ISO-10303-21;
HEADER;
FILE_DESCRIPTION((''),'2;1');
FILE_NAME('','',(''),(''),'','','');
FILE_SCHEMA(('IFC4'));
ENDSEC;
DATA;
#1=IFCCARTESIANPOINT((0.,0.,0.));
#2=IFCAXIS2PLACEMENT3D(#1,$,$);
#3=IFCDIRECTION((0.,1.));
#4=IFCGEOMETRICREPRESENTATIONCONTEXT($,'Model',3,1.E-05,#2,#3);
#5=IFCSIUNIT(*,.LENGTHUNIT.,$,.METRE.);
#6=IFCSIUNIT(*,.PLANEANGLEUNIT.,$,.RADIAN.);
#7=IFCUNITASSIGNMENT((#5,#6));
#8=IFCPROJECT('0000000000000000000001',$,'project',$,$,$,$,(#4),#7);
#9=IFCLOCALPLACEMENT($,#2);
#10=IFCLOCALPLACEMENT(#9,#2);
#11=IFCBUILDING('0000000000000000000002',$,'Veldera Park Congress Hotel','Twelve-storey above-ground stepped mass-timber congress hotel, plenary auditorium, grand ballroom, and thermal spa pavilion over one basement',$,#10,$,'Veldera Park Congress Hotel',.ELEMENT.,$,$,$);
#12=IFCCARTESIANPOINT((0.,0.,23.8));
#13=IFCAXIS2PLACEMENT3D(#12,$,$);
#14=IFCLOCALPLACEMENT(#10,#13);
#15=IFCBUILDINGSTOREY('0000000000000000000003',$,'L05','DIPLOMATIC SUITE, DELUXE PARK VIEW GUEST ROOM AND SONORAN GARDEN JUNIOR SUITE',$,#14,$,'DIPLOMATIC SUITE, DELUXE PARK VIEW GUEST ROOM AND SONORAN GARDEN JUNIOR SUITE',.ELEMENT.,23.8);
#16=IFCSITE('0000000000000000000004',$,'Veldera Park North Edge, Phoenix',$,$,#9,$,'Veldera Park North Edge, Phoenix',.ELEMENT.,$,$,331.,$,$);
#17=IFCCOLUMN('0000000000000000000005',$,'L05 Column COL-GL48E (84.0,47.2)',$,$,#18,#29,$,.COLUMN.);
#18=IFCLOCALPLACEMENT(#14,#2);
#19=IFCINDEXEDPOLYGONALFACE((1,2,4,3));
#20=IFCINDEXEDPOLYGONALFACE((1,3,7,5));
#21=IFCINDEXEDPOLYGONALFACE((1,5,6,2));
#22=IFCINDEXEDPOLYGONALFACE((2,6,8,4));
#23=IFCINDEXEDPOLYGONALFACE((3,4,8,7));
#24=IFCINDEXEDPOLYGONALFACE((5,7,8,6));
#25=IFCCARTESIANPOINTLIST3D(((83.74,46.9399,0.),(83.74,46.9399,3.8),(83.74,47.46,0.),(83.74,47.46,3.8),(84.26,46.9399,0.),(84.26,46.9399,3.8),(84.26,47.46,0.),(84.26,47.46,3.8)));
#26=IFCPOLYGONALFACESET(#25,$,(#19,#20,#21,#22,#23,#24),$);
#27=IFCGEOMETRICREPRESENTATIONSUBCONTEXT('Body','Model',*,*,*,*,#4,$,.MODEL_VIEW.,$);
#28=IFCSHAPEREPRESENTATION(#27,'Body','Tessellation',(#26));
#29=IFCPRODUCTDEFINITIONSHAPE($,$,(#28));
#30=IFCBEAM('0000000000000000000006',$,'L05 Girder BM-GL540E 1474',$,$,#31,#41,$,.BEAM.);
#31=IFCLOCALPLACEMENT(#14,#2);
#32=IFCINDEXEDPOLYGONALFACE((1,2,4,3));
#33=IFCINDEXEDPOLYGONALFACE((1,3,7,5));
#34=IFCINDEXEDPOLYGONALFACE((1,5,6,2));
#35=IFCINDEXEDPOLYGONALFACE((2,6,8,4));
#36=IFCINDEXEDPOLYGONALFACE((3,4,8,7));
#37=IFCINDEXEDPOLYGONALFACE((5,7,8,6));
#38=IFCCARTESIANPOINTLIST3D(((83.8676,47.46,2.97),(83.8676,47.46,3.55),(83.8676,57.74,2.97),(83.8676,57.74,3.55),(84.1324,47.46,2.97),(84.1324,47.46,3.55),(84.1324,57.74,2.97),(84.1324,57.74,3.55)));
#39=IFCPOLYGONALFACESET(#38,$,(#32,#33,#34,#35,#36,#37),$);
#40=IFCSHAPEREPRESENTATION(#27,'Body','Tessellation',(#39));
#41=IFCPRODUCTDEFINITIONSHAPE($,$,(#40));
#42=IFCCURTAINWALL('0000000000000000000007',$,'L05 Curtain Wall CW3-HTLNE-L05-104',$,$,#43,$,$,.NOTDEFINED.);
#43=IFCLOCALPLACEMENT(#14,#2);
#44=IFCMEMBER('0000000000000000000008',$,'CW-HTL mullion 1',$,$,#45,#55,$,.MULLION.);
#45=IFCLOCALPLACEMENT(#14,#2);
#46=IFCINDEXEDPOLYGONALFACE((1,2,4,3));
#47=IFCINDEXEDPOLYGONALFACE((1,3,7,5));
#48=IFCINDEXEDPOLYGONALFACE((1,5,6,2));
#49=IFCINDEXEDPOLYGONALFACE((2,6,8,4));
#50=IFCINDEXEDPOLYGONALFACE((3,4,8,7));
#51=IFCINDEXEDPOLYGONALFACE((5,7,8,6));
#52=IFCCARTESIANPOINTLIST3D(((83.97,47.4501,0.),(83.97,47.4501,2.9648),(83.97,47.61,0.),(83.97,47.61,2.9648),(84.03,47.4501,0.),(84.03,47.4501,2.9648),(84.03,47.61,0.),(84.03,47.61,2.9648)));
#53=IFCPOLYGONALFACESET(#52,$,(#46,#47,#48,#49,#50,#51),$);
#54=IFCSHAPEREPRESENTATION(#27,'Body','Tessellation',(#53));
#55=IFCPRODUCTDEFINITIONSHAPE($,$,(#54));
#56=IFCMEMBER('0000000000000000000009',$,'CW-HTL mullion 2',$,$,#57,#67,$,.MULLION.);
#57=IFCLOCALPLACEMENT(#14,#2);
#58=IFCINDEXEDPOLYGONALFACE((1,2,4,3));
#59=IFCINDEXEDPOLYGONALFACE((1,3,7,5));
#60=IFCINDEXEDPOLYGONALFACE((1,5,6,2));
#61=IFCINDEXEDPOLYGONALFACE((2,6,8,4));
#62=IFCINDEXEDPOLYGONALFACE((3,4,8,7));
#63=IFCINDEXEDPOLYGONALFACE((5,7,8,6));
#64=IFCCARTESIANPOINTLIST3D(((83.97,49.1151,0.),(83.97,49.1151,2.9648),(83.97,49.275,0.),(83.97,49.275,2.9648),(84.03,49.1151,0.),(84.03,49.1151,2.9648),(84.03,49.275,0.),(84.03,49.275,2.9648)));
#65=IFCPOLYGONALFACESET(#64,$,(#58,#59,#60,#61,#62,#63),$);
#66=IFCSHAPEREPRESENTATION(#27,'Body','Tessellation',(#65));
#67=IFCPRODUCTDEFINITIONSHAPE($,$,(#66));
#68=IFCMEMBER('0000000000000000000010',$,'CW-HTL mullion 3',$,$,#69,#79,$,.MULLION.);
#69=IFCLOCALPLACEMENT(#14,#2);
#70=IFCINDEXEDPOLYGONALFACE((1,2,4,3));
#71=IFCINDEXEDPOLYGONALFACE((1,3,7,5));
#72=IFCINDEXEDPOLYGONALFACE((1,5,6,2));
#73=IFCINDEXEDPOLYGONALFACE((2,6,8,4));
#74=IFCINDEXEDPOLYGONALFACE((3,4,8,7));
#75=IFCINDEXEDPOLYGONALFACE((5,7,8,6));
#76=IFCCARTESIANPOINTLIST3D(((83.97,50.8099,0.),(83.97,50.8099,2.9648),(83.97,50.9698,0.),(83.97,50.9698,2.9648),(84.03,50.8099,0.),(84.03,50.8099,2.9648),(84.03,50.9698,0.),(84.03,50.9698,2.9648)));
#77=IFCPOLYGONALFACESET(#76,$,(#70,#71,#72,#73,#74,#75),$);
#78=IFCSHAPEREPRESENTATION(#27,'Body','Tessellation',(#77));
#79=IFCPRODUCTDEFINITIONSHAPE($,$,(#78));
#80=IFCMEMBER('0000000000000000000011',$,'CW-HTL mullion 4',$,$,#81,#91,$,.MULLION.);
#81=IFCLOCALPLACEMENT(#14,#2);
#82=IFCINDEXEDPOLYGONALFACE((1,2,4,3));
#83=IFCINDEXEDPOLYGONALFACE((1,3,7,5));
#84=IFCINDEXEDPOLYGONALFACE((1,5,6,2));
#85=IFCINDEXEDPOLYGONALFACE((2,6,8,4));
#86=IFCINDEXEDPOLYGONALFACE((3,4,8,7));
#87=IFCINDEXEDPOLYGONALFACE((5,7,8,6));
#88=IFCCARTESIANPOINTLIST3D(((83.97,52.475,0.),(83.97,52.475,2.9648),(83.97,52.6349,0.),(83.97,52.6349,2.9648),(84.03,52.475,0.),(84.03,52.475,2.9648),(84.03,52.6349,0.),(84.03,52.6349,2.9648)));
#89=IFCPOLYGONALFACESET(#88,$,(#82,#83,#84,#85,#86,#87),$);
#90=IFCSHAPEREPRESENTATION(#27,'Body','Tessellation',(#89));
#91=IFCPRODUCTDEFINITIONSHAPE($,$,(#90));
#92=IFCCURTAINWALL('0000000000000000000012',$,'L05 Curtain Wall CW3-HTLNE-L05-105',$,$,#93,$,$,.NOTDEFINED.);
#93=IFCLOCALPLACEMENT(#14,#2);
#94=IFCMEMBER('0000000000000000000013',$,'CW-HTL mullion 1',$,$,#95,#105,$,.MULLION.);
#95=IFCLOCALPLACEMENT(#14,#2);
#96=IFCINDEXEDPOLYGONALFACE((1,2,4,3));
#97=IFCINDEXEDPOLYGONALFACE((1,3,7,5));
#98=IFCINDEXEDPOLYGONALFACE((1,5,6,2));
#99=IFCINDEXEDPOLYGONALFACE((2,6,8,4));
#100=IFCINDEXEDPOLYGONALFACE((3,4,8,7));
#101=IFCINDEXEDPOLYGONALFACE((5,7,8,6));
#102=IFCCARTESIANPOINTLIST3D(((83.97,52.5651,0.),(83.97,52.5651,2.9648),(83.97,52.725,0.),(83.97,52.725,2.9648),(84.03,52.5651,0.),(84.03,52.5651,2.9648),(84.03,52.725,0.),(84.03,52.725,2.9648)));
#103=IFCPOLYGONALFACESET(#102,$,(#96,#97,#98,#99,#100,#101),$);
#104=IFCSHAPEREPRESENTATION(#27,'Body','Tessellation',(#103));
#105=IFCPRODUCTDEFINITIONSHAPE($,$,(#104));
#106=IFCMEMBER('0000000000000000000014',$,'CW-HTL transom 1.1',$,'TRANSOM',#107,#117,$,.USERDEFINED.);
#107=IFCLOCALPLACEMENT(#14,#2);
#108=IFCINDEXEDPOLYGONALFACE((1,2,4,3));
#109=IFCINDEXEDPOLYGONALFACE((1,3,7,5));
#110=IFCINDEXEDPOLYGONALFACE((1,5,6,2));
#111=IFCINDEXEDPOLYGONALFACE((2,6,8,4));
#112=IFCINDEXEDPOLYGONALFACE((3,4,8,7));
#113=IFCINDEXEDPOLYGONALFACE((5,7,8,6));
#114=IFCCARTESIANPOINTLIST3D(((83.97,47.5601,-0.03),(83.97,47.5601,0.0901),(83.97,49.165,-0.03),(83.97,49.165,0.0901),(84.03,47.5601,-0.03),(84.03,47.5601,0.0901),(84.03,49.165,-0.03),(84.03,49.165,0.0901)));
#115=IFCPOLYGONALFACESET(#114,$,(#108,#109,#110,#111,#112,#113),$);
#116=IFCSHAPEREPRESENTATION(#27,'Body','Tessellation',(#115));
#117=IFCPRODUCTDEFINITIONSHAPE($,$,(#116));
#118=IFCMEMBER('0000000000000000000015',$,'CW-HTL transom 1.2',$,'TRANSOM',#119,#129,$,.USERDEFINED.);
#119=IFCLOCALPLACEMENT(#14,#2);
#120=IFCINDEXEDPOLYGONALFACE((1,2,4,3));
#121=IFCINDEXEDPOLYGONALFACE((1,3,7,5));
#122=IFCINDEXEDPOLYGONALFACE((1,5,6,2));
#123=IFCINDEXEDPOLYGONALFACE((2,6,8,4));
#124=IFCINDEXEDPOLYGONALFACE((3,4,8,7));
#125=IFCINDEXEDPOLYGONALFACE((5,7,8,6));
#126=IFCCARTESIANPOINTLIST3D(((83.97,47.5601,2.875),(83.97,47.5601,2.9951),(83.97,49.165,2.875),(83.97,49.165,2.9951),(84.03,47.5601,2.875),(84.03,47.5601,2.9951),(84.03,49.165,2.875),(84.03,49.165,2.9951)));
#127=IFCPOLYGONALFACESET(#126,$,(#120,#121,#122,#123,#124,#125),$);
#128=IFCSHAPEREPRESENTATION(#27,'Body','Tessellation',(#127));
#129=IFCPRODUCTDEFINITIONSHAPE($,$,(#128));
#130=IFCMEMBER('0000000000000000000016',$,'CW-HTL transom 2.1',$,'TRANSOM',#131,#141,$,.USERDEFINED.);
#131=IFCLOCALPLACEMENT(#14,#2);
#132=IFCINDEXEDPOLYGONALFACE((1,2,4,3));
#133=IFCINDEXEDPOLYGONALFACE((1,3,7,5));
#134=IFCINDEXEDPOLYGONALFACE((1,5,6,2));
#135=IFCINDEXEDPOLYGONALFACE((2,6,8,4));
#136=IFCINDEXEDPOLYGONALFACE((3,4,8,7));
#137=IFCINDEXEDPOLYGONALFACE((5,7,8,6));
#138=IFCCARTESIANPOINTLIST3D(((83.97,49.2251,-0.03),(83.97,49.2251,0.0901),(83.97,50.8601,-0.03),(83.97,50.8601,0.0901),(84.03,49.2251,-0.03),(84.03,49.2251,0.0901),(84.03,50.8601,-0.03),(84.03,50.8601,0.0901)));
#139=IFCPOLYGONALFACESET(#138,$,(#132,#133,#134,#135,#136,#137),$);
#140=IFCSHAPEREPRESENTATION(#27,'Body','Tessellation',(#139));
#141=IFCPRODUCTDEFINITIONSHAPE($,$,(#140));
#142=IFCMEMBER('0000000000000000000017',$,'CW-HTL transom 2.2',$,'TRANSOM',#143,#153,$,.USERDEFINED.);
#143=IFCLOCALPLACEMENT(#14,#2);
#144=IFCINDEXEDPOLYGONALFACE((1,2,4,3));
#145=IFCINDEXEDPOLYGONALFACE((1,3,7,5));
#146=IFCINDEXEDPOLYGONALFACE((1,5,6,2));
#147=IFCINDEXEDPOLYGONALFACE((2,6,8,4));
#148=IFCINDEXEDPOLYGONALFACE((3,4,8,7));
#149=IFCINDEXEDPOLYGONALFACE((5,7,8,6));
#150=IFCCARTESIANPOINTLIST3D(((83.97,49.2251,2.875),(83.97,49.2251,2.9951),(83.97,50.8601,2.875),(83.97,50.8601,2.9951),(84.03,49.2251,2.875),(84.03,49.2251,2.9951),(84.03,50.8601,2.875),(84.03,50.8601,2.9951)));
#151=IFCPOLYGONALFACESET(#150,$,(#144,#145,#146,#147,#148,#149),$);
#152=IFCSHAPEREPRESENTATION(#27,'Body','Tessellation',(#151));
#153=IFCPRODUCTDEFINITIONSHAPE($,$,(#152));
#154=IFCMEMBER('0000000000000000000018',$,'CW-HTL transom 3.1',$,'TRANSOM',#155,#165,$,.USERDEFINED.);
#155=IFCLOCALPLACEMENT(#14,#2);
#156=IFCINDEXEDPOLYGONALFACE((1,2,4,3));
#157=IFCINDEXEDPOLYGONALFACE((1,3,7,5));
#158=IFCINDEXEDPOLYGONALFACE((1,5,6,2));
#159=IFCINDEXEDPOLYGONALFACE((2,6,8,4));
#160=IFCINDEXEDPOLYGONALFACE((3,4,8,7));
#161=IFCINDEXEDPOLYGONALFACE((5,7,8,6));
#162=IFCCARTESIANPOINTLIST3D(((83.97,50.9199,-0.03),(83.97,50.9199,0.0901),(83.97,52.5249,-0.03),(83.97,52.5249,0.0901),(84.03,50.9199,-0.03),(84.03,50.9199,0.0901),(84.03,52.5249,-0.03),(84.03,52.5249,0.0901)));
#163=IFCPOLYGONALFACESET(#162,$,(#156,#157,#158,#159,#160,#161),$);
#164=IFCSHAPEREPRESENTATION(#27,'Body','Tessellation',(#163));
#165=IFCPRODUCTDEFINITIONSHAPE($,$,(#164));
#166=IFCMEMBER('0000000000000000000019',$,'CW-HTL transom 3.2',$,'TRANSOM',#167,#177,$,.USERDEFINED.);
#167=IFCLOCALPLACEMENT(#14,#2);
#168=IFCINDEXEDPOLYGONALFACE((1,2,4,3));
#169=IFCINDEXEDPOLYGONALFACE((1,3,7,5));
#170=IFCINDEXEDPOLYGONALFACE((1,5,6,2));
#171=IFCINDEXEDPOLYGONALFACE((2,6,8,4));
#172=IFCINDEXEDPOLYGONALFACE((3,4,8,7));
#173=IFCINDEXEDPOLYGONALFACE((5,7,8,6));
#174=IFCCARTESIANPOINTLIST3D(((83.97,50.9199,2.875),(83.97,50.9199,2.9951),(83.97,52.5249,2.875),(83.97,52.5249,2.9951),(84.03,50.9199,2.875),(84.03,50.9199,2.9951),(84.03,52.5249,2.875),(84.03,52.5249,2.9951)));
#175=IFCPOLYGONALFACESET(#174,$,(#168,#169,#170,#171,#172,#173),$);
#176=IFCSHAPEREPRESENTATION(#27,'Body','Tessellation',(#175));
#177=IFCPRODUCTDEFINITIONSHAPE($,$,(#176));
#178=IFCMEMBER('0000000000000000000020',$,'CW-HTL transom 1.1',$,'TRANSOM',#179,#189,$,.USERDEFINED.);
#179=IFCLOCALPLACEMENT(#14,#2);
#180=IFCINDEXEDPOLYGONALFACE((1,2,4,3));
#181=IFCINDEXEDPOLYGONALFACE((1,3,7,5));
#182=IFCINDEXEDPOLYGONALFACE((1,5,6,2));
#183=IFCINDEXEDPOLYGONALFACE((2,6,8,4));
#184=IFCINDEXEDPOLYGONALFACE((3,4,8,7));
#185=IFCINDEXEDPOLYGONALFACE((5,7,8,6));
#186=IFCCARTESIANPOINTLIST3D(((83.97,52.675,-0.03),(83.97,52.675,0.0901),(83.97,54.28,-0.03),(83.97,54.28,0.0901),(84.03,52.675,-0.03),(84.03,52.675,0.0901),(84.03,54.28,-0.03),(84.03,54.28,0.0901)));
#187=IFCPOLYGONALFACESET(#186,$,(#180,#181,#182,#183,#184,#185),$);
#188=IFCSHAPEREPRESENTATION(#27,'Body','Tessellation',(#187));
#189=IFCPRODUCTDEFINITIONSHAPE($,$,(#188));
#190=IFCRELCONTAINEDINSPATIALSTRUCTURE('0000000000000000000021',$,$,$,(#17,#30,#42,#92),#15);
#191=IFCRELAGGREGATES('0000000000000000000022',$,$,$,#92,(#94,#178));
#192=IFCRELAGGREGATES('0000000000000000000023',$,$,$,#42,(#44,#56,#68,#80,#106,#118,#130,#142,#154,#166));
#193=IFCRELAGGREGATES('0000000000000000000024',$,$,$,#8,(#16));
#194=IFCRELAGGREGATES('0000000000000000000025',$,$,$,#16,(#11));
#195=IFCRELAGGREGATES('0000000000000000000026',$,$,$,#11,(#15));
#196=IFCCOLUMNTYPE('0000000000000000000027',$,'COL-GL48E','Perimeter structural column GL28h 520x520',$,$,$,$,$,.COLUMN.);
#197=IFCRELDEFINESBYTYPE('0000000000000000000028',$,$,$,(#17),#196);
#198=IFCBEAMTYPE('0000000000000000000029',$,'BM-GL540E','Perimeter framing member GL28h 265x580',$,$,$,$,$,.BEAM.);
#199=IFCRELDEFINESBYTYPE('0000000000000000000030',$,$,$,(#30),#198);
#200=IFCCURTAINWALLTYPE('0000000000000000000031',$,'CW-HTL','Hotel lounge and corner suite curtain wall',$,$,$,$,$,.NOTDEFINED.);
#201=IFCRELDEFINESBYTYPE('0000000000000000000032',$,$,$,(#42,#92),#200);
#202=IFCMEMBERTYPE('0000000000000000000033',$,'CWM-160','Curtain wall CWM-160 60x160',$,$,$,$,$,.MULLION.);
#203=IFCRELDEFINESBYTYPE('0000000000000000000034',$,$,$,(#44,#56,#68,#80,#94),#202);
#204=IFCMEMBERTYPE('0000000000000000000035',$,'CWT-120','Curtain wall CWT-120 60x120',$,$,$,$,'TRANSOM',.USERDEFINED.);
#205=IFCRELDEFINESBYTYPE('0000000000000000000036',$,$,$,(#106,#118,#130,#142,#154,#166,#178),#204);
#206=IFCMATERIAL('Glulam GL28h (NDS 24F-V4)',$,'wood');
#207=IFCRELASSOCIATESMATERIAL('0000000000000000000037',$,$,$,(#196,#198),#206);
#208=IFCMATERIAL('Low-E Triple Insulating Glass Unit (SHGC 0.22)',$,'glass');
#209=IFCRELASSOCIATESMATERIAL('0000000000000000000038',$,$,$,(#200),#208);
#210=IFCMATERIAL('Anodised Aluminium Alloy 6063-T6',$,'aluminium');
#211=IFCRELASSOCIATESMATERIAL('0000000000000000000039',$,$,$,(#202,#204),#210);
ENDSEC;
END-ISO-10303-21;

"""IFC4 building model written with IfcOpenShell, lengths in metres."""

from ifc_helpers import new_model, si_unit, direction, frame, origin, origin_2d, place, context, subcontext, project, spatial, rectangle, extrude, material, material_profile, profile_set, type_object, element, aggregate, save


model = new_model("IFC4")

# Units and contexts
model_context = context("Model", 3, precision=1e-05, world=origin(), true_north=direction((0.0, 1.0)))
body_context = subcontext(model_context, "Body", "Model", "MODEL_VIEW")
ifc_project = project(units=[si_unit("LENGTHUNIT", "METRE"), si_unit("PLANEANGLEUNIT", "RADIAN")], contexts=[model_context])

# Site, building, storey
site_placement = place(None, origin())
site = spatial("IfcSite", under=ifc_project, at=site_placement, Name="Veldera Park North Edge, Phoenix", LongName="Veldera Park North Edge, Phoenix", CompositionType="ELEMENT", RefElevation=331.0)
building_placement = place(site_placement, origin())
building = spatial("IfcBuilding", under=site, at=building_placement, Name="Veldera Park Congress Hotel", Description="Twelve-storey above-ground stepped mass-timber congress hotel, plenary auditorium, grand ballroom, and thermal spa pavilion over one basement", LongName="Veldera Park Congress Hotel", CompositionType="ELEMENT")
storey_placement = place(building_placement, frame((0.0, 0.0, 23.8)))
storey = spatial("IfcBuildingStorey", under=building, at=storey_placement, Name="L05", Description="DIPLOMATIC SUITE, DELUXE PARK VIEW GUEST ROOM AND SONORAN GARDEN JUNIOR SUITE", LongName="DIPLOMATIC SUITE, DELUXE PARK VIEW GUEST ROOM AND SONORAN GARDEN JUNIOR SUITE", CompositionType="ELEMENT", Elevation=23.8)

# Column
ifc_material_1 = material(Name="Glulam GL28h (NDS 24F-V4)", Category="wood")
ifc_material_profile_1 = material_profile(ifc_material_1, rectangle(XDim=0.52, YDim=0.52, at=origin_2d()), Name="GL28h 520x520")
ifc_profile_set_1 = profile_set([ifc_material_profile_1], Name="Glulam GL28h (NDS 24F-V4)")
column_type = type_object("IfcColumnType", Name="COL-GL48E", Description="Perimeter structural column GL28h 520x520", PredefinedType="COLUMN", material=ifc_profile_set_1)
column_placement = place(storey_placement, frame((84.0, 47.2, 0.0), z_axis=(0.0, 0.0, 1.0), x_axis=(1.0, 0.0, 0.0)))
element("IfcColumn", 1, at=column_placement, inside=storey, type_object=column_type, Name="L05 Column COL-GL48E (84.0,47.2)", PredefinedType="COLUMN", context=body_context, shape_type="SweptSolid", body=[
    extrude(rectangle(XDim=0.52, YDim=0.52, at=origin_2d()), origin(), (0.0, 0.0, 1.0), 3.8),
])

# Beam
ifc_material_profile_2 = material_profile(ifc_material_1, rectangle(XDim=0.2649, YDim=0.5801, at=origin_2d()), Name="GL28h 265x580")
ifc_profile_set_2 = profile_set([ifc_material_profile_2], Name="Glulam GL28h (NDS 24F-V4)")
beam_type_1 = type_object("IfcBeamType", Name="BM-GL540E", Description="Perimeter framing member GL28h 265x580", PredefinedType="BEAM", material=ifc_profile_set_2)
beam_1_placement = place(storey_placement, frame((84.0, 47.46, 3.26), z_axis=(0.0, 1.0, 0.0), x_axis=(-1.0, 0.0, 0.0)))
element("IfcBeam", 2, at=beam_1_placement, inside=storey, type_object=beam_type_1, Name="L05 Girder BM-GL540E 1474", PredefinedType="BEAM", context=body_context, shape_type="SweptSolid", body=[
    extrude(rectangle(XDim=0.2649, YDim=0.5801, at=origin_2d()), origin(), (0.0, 0.0, 1.0), 10.28),
])

# Curtain wall, members
ifc_material_2 = material(Name="Low-E Triple Insulating Glass Unit (SHGC 0.22)", Category="glass")
curtain_wall_type = type_object("IfcCurtainWallType", Name="CW-HTL", Description="Hotel lounge and corner suite curtain wall", PredefinedType="NOTDEFINED", material=ifc_material_2)
curtain_wall_1_placement = place(storey_placement, origin())
curtain_wall_1 = element("IfcCurtainWall", 3, at=curtain_wall_1_placement, inside=storey, type_object=curtain_wall_type, Name="L05 Curtain Wall CW3-HTLNE-L05-104", PredefinedType="NOTDEFINED")
ifc_material_3 = material(Name="Anodised Aluminium Alloy 6063-T6", Category="aluminium")
ifc_material_profile_3 = material_profile(ifc_material_3, rectangle(XDim=0.0601, YDim=0.1599, at=origin_2d()), Name="ALU 60x160")
ifc_profile_set_3 = profile_set([ifc_material_profile_3], Name="Anodised Aluminium Alloy 6063-T6")
member_type_1 = type_object("IfcMemberType", Name="CWM-160", Description="Curtain wall CWM-160 60x160", PredefinedType="MULLION", material=ifc_profile_set_3)
member_1_placement = place(storey_placement, frame((84.0, 47.53, 0.0), z_axis=(0.0, 0.0, 1.0), x_axis=(-1.0, 0.0, 0.0)))
member_1 = element("IfcMember", 4, at=member_1_placement, type_object=member_type_1, Name="CW-HTL mullion 1", PredefinedType="MULLION", context=body_context, shape_type="SweptSolid", body=[
    extrude(rectangle(XDim=0.0601, YDim=0.1599, at=origin_2d()), origin(), (0.0, 0.0, 1.0), 2.9648),
])
member_2_placement = place(storey_placement, frame((84.0, 49.1951, 0.0), z_axis=(0.0, 0.0, 1.0), x_axis=(-1.0, 0.0, 0.0)))
member_2 = element("IfcMember", 5, at=member_2_placement, type_object=member_type_1, Name="CW-HTL mullion 2", PredefinedType="MULLION", context=body_context, shape_type="SweptSolid", body=[
    extrude(rectangle(XDim=0.0601, YDim=0.1599, at=origin_2d()), origin(), (0.0, 0.0, 1.0), 2.9648),
])
member_3_placement = place(storey_placement, frame((84.0, 50.8899, 0.0), z_axis=(0.0, 0.0, 1.0), x_axis=(-1.0, 0.0, 0.0)))
member_3 = element("IfcMember", 6, at=member_3_placement, type_object=member_type_1, Name="CW-HTL mullion 3", PredefinedType="MULLION", context=body_context, shape_type="SweptSolid", body=[
    extrude(rectangle(XDim=0.0601, YDim=0.1599, at=origin_2d()), origin(), (0.0, 0.0, 1.0), 2.9648),
])
member_4_placement = place(storey_placement, frame((84.0, 52.5549, 0.0), z_axis=(0.0, 0.0, 1.0), x_axis=(-1.0, 0.0, 0.0)))
member_4 = element("IfcMember", 7, at=member_4_placement, type_object=member_type_1, Name="CW-HTL mullion 4", PredefinedType="MULLION", context=body_context, shape_type="SweptSolid", body=[
    extrude(rectangle(XDim=0.0601, YDim=0.1599, at=origin_2d()), origin(), (0.0, 0.0, 1.0), 2.9648),
])

# Curtain wall, member
curtain_wall_2_placement = place(storey_placement, origin())
curtain_wall_2 = element("IfcCurtainWall", 8, at=curtain_wall_2_placement, inside=storey, type_object=curtain_wall_type, Name="L05 Curtain Wall CW3-HTLNE-L05-105", PredefinedType="NOTDEFINED")
member_5_placement = place(storey_placement, frame((84.0, 52.645, 0.0), z_axis=(0.0, 0.0, 1.0), x_axis=(-1.0, 0.0, 0.0)))
member_5 = element("IfcMember", 9, at=member_5_placement, type_object=member_type_1, Name="CW-HTL mullion 1", PredefinedType="MULLION", context=body_context, shape_type="SweptSolid", body=[
    extrude(rectangle(XDim=0.0601, YDim=0.1599, at=origin_2d()), origin(), (0.0, 0.0, 1.0), 2.9648),
])

# Members
ifc_material_profile_4 = material_profile(ifc_material_3, rectangle(XDim=0.0601, YDim=0.1201, at=origin_2d()), Name="ALU 60x120")
ifc_profile_set_4 = profile_set([ifc_material_profile_4], Name="Anodised Aluminium Alloy 6063-T6")
member_type_2 = type_object("IfcMemberType", Name="CWT-120", Description="Curtain wall CWT-120 60x120", ElementType="TRANSOM", PredefinedType="USERDEFINED", material=ifc_profile_set_4)
member_6_placement = place(storey_placement, frame((84.0, 47.5601, 0.03), z_axis=(0.0, 1.0, 0.0), x_axis=(-1.0, 0.0, 0.0)))
member_6 = element("IfcMember", 10, at=member_6_placement, type_object=member_type_2, Name="CW-HTL transom 1.1", ObjectType="TRANSOM", PredefinedType="USERDEFINED", context=body_context, shape_type="SweptSolid", body=[
    extrude(rectangle(XDim=0.0601, YDim=0.1201, at=origin_2d()), origin(), (0.0, 0.0, 1.0), 1.605),
])
member_7_placement = place(storey_placement, frame((84.0, 47.5601, 2.9351), z_axis=(0.0, 1.0, 0.0), x_axis=(-1.0, 0.0, 0.0)))
member_7 = element("IfcMember", 11, at=member_7_placement, type_object=member_type_2, Name="CW-HTL transom 1.2", ObjectType="TRANSOM", PredefinedType="USERDEFINED", context=body_context, shape_type="SweptSolid", body=[
    extrude(rectangle(XDim=0.0601, YDim=0.1201, at=origin_2d()), origin(), (0.0, 0.0, 1.0), 1.605),
])
member_8_placement = place(storey_placement, frame((84.0, 49.2251, 0.03), z_axis=(0.0, 1.0, 0.0), x_axis=(-1.0, 0.0, 0.0)))
member_8 = element("IfcMember", 12, at=member_8_placement, type_object=member_type_2, Name="CW-HTL transom 2.1", ObjectType="TRANSOM", PredefinedType="USERDEFINED", context=body_context, shape_type="SweptSolid", body=[
    extrude(rectangle(XDim=0.0601, YDim=0.1201, at=origin_2d()), origin(), (0.0, 0.0, 1.0), 1.635),
])
member_9_placement = place(storey_placement, frame((84.0, 49.2251, 2.9351), z_axis=(0.0, 1.0, 0.0), x_axis=(-1.0, 0.0, 0.0)))
member_9 = element("IfcMember", 13, at=member_9_placement, type_object=member_type_2, Name="CW-HTL transom 2.2", ObjectType="TRANSOM", PredefinedType="USERDEFINED", context=body_context, shape_type="SweptSolid", body=[
    extrude(rectangle(XDim=0.0601, YDim=0.1201, at=origin_2d()), origin(), (0.0, 0.0, 1.0), 1.635),
])
member_10_placement = place(storey_placement, frame((84.0, 50.9199, 0.03), z_axis=(0.0, 1.0, 0.0), x_axis=(-1.0, 0.0, 0.0)))
member_10 = element("IfcMember", 14, at=member_10_placement, type_object=member_type_2, Name="CW-HTL transom 3.1", ObjectType="TRANSOM", PredefinedType="USERDEFINED", context=body_context, shape_type="SweptSolid", body=[
    extrude(rectangle(XDim=0.0601, YDim=0.1201, at=origin_2d()), origin(), (0.0, 0.0, 1.0), 1.605),
])
member_11_placement = place(storey_placement, frame((84.0, 50.9199, 2.9351), z_axis=(0.0, 1.0, 0.0), x_axis=(-1.0, 0.0, 0.0)))
member_11 = element("IfcMember", 15, at=member_11_placement, type_object=member_type_2, Name="CW-HTL transom 3.2", ObjectType="TRANSOM", PredefinedType="USERDEFINED", context=body_context, shape_type="SweptSolid", body=[
    extrude(rectangle(XDim=0.0601, YDim=0.1201, at=origin_2d()), origin(), (0.0, 0.0, 1.0), 1.605),
])
member_12_placement = place(storey_placement, frame((84.0, 52.675, 0.03), z_axis=(0.0, 1.0, 0.0), x_axis=(-1.0, 0.0, 0.0)))
member_12 = element("IfcMember", 16, at=member_12_placement, type_object=member_type_2, Name="CW-HTL transom 1.1", ObjectType="TRANSOM", PredefinedType="USERDEFINED", context=body_context, shape_type="SweptSolid", body=[
    extrude(rectangle(XDim=0.0601, YDim=0.1201, at=origin_2d()), origin(), (0.0, 0.0, 1.0), 1.605),
])
aggregate(curtain_wall_2, [member_5, member_12])

aggregate(curtain_wall_1, [member_1, member_2, member_3, member_4, member_6, member_7, member_8, member_9, member_10, member_11])

save(model, "model.ifc")
